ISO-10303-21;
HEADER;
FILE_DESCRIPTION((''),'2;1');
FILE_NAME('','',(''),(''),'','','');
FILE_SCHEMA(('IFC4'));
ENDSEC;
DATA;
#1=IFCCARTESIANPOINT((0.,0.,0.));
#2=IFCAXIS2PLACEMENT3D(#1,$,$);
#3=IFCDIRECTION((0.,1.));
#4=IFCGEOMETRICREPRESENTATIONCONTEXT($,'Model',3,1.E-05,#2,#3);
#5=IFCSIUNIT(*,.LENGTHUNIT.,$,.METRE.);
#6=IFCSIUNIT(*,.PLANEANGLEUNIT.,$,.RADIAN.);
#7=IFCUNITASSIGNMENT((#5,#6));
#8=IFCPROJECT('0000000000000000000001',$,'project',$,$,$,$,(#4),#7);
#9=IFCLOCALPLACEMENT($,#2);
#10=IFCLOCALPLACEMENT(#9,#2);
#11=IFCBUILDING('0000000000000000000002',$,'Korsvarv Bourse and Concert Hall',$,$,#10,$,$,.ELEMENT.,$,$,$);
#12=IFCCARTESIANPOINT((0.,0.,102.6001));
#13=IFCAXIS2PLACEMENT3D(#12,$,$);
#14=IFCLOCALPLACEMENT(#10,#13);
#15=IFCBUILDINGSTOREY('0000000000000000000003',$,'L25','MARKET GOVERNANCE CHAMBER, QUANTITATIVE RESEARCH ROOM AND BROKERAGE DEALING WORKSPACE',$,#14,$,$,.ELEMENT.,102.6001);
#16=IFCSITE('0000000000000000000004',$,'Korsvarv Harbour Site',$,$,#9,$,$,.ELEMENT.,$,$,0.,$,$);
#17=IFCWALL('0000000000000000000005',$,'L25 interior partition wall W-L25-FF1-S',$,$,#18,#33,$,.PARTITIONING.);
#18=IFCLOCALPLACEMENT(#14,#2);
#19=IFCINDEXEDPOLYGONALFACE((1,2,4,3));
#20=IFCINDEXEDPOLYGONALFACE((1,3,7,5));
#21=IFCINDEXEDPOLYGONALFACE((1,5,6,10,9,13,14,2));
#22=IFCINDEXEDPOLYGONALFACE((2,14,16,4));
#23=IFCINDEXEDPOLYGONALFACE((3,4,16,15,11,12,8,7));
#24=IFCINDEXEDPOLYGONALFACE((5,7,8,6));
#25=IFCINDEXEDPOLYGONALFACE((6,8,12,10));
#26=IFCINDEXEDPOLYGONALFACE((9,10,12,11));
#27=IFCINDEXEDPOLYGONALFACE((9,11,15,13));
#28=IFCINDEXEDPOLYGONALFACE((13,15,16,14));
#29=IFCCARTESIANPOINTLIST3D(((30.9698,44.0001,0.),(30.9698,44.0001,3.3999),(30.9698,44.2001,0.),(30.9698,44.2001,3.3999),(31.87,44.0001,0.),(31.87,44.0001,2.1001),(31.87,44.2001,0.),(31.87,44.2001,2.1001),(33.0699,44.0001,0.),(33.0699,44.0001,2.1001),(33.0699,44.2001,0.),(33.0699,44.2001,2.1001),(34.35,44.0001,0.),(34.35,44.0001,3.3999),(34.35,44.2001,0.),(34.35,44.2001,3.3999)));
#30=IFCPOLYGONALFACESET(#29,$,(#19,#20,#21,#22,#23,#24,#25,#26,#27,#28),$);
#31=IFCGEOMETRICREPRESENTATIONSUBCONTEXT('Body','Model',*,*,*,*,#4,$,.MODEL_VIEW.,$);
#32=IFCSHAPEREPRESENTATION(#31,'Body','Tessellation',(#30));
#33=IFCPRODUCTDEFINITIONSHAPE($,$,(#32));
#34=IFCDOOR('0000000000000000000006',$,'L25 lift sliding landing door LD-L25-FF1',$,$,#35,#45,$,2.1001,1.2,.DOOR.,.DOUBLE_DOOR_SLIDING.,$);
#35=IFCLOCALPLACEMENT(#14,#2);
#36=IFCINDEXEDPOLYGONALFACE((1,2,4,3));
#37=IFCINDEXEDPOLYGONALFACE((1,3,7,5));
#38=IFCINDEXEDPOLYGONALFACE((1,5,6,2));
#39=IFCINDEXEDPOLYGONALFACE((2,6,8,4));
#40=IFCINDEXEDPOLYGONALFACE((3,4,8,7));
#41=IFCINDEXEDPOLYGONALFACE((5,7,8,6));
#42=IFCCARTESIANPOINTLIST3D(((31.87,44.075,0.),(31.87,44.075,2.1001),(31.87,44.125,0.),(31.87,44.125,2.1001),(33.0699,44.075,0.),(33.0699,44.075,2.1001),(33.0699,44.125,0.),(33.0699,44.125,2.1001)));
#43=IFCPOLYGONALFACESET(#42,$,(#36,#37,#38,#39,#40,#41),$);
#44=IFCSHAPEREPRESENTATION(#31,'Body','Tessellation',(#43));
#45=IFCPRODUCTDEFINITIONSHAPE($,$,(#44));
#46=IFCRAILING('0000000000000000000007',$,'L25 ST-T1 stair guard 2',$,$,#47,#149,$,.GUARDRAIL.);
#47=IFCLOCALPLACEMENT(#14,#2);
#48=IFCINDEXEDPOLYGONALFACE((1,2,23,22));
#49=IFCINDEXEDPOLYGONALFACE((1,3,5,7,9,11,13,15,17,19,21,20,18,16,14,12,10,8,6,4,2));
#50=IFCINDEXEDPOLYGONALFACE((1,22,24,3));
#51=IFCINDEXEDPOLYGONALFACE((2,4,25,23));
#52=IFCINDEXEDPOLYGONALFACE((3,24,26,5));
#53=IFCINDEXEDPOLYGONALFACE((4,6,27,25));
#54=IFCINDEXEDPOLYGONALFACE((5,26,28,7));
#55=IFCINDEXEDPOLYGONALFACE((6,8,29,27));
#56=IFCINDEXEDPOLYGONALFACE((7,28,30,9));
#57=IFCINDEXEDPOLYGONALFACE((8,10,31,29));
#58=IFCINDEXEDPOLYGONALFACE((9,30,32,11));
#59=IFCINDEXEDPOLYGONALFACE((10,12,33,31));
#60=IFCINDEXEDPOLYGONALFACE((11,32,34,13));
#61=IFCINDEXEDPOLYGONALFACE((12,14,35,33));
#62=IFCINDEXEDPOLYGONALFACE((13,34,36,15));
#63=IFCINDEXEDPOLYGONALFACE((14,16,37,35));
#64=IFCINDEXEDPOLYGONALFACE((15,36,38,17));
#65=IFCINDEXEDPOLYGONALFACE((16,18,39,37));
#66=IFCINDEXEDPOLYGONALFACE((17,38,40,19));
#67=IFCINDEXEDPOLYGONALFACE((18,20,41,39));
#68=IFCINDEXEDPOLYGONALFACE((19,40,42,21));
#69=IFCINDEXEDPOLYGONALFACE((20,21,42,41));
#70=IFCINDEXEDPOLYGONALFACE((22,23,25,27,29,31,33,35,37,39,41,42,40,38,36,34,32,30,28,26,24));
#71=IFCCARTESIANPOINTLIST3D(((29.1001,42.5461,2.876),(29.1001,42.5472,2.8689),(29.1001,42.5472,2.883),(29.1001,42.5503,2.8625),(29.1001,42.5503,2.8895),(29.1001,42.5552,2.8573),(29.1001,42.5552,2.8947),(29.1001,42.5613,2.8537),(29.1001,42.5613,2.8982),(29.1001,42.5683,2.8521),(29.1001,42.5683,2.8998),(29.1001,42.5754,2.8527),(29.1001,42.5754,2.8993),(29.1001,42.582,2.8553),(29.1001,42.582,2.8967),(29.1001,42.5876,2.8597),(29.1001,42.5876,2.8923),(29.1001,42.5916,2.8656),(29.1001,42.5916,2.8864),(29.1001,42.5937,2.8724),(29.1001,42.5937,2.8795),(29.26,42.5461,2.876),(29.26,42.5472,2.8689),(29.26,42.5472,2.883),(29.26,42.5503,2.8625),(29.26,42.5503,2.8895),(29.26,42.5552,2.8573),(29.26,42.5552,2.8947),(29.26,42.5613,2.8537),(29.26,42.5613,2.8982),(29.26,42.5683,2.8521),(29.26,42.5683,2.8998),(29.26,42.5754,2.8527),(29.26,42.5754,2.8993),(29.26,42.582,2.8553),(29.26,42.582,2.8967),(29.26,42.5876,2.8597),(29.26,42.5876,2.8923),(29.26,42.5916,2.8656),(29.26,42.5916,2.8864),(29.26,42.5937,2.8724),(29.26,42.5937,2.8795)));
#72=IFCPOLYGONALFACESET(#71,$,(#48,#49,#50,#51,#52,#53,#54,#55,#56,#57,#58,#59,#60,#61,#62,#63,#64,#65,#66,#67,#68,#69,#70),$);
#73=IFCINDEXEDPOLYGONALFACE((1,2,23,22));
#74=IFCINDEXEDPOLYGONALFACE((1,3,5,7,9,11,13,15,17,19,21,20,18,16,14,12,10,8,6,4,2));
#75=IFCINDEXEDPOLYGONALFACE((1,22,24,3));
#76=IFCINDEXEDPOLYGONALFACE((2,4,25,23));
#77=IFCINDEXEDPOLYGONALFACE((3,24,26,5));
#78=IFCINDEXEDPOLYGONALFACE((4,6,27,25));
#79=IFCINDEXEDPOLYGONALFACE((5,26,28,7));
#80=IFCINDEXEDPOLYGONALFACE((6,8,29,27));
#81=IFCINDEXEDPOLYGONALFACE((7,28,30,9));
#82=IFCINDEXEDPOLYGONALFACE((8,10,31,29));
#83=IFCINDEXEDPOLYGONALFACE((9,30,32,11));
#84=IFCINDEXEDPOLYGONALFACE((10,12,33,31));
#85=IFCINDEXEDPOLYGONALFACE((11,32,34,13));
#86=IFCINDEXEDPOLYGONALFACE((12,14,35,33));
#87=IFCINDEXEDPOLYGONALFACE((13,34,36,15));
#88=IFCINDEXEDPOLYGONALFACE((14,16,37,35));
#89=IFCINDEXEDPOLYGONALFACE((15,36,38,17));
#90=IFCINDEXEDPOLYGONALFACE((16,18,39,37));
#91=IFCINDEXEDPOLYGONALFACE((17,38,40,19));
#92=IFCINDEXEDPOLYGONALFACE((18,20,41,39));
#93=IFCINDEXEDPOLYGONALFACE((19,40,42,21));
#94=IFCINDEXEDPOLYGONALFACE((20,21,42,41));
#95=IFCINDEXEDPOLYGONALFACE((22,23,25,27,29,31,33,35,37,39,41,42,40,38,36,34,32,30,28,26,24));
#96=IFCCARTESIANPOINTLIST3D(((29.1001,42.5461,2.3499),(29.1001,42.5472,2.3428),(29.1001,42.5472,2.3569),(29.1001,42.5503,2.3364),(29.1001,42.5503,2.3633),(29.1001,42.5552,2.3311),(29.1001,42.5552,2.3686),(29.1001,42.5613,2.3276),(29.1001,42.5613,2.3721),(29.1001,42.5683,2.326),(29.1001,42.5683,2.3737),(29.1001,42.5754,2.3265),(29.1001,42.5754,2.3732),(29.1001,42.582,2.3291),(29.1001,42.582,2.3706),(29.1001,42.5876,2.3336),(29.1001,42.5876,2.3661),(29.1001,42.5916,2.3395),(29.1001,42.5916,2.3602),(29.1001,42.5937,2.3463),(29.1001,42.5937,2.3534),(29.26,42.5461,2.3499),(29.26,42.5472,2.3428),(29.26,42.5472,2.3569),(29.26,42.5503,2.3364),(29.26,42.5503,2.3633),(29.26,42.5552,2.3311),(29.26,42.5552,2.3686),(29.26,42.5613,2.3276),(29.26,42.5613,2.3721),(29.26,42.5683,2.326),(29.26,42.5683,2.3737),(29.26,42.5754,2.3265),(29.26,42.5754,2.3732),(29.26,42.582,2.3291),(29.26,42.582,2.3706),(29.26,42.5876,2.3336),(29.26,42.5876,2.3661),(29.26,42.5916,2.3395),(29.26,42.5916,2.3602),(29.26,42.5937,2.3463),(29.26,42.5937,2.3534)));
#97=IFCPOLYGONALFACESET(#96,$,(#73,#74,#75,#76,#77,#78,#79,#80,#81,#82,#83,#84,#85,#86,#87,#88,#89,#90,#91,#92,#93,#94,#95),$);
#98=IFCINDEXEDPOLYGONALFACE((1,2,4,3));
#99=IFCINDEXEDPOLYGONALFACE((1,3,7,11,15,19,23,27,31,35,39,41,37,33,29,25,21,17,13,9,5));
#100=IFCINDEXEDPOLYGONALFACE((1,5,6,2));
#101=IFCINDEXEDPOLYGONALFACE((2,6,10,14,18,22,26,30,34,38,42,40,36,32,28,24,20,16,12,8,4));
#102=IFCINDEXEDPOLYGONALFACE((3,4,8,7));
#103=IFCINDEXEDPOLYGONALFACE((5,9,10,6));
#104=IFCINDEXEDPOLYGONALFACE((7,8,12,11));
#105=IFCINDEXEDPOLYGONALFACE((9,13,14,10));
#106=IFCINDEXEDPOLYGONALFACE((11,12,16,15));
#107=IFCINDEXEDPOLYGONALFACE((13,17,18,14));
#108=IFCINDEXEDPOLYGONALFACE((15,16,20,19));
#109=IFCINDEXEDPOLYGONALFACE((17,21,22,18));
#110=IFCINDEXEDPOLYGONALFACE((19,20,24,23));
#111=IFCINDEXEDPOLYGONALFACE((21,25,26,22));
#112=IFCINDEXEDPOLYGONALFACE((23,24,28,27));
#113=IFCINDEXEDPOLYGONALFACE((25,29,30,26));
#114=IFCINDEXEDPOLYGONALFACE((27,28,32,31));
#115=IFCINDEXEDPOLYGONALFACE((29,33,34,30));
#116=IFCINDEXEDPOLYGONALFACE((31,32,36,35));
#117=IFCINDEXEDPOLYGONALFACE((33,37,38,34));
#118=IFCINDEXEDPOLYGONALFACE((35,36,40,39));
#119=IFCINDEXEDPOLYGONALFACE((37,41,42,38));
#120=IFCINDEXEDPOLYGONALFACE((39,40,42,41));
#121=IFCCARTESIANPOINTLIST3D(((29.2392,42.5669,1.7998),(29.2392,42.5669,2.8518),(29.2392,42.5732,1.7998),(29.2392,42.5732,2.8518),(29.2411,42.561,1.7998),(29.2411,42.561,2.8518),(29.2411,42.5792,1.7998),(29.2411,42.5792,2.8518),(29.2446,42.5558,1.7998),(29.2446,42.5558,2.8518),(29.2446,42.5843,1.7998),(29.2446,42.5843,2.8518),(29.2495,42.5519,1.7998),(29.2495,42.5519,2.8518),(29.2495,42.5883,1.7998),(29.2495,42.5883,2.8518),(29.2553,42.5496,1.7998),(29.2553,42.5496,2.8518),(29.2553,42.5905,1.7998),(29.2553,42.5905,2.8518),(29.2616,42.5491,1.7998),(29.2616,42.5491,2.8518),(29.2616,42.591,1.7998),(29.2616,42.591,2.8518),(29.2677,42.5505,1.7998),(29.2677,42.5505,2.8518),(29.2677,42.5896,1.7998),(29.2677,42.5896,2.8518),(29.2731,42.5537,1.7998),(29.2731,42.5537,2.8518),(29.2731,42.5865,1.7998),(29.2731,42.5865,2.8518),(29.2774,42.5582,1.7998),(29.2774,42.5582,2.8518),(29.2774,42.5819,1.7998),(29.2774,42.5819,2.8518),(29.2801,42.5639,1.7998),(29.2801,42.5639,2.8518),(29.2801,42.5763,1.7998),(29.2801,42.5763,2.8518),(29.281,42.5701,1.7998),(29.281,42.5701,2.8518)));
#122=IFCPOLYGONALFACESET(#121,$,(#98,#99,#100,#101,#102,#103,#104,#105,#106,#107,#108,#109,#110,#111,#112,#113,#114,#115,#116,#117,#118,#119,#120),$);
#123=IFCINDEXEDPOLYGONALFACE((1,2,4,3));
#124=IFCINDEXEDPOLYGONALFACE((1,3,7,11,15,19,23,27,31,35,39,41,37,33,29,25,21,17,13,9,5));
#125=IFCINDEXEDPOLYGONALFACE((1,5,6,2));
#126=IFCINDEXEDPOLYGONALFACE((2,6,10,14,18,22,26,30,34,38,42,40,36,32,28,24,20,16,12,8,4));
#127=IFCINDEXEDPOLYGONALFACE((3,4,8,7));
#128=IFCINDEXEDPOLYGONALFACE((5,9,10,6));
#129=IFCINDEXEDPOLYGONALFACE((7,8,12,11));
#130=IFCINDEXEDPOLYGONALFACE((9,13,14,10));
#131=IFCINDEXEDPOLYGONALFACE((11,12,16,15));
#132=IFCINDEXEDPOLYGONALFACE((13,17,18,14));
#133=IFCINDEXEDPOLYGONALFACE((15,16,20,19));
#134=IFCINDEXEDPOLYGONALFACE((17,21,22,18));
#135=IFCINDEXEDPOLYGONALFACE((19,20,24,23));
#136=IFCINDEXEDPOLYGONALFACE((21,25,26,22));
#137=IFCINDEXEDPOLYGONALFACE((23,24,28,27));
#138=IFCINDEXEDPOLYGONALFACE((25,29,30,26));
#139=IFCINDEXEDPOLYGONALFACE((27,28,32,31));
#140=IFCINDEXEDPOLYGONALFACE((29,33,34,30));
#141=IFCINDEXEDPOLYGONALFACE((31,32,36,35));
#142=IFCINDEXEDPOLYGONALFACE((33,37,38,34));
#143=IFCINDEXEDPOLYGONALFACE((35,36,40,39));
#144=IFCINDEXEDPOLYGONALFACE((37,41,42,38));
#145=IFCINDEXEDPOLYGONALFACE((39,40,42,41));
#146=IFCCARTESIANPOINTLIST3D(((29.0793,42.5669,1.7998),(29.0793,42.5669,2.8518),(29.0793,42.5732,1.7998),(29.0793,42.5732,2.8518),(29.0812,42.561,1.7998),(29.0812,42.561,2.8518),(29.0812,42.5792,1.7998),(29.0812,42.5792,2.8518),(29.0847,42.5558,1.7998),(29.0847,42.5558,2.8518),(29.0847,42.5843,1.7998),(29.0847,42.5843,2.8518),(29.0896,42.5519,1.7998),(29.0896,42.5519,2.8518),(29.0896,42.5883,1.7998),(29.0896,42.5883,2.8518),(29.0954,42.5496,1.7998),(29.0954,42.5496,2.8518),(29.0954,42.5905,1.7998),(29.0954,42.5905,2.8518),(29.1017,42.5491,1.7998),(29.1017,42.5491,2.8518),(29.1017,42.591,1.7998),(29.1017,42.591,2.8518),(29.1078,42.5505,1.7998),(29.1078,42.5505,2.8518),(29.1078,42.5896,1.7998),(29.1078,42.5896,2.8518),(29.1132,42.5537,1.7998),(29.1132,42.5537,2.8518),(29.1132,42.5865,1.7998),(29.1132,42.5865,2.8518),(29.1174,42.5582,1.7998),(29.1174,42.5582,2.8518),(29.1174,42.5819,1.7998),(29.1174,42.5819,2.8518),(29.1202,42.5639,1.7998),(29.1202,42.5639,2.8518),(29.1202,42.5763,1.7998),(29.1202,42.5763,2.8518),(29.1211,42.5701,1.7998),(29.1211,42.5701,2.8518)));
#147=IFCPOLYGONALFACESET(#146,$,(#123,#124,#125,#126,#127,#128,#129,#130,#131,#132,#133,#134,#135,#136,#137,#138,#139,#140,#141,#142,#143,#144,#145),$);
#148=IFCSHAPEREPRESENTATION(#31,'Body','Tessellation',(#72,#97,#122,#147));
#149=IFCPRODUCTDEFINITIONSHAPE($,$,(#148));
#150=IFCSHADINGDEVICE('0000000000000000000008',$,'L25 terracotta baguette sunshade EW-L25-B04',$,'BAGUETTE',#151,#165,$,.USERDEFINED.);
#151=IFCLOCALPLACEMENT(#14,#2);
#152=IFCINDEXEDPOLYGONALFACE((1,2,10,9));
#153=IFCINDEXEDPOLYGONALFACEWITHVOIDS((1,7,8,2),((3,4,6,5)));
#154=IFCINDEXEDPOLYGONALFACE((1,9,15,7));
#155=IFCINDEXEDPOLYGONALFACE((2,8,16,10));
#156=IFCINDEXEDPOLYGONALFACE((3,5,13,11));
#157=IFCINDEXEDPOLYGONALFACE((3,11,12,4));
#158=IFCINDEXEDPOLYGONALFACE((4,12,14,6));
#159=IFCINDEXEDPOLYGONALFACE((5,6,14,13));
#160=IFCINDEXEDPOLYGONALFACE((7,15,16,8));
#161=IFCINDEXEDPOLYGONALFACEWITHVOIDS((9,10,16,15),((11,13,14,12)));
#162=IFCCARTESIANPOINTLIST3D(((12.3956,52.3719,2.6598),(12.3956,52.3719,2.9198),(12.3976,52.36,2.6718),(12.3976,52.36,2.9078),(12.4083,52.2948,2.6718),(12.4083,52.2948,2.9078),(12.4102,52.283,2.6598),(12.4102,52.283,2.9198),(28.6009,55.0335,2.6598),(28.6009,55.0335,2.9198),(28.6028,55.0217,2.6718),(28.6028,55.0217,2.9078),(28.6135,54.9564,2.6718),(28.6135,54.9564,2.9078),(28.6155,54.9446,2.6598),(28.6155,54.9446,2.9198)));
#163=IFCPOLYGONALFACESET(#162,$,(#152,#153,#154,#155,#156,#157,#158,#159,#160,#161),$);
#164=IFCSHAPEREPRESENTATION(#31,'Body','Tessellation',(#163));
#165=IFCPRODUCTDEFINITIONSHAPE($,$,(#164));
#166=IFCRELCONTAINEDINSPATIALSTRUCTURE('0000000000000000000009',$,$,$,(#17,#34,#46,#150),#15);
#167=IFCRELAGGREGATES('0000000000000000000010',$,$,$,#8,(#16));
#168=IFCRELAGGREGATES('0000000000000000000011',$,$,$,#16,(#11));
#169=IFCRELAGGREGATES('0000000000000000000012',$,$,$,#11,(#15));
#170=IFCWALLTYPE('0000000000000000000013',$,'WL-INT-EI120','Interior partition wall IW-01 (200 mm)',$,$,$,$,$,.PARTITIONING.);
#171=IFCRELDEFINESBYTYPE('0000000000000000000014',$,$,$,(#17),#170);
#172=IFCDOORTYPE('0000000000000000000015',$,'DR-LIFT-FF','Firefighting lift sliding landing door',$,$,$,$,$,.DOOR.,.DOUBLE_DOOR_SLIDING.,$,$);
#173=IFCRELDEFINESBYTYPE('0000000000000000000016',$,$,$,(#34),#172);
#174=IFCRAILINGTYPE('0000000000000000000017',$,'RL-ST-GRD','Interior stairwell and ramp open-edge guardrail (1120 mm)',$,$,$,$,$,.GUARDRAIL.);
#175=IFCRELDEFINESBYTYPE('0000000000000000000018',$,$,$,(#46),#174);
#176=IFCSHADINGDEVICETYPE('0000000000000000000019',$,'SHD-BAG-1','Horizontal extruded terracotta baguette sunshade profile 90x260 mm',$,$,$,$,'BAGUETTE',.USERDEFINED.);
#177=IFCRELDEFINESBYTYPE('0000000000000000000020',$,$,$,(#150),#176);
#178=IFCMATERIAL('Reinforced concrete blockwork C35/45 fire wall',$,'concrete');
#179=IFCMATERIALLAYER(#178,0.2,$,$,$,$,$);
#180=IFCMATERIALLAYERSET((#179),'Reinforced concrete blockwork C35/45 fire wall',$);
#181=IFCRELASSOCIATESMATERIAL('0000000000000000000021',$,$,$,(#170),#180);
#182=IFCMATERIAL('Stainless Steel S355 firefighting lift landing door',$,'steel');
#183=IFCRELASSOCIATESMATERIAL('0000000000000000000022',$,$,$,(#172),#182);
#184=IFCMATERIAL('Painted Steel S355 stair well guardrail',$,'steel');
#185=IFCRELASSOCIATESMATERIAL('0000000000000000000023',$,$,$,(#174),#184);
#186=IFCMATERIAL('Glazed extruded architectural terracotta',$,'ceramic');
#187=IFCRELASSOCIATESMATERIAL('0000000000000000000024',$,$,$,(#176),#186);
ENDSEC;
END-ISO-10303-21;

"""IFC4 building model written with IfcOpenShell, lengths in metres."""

from ifc_helpers import new_model, si_unit, direction, frame, frame_2d, origin, origin_2d, place, context, subcontext, project, spatial, rectangle, hollow_rectangle, circle, extrude, source, transform, mapped, material, layer, layer_set, material_profile, profile_set, type_object, element, fill, save


model = new_model("IFC4")

# Units and contexts
model_context = context("Model", 3, precision=1e-05, world=origin(), true_north=direction((0.0, 1.0)))
body_context = subcontext(model_context, "Body", "Model", "MODEL_VIEW")
ifc_project = project(units=[si_unit("LENGTHUNIT", "METRE"), si_unit("PLANEANGLEUNIT", "RADIAN")], contexts=[model_context])

# Site, building, storey
site_placement = place(None, origin())
site = spatial("IfcSite", under=ifc_project, at=site_placement, Name="Korsvarv Harbour Site", CompositionType="ELEMENT", RefElevation=0.0)
building_placement = place(site_placement, origin())
building = spatial("IfcBuilding", under=site, at=building_placement, Name="Korsvarv Bourse and Concert Hall", CompositionType="ELEMENT")
storey_placement = place(building_placement, frame((0.0, 0.0, 102.6001)))
storey = spatial("IfcBuildingStorey", under=building, at=storey_placement, Name="L25", Description="MARKET GOVERNANCE CHAMBER, QUANTITATIVE RESEARCH ROOM AND BROKERAGE DEALING WORKSPACE", CompositionType="ELEMENT", Elevation=102.6001)

# Wall, opening, door
ifc_material_1 = material(Name="Reinforced concrete blockwork C35/45 fire wall", Category="concrete")
ifc_layer_1 = layer(ifc_material_1, 0.2)
ifc_layer_set_1 = layer_set([ifc_layer_1], Name="Reinforced concrete blockwork C35/45 fire wall")
wall_type_1 = type_object("IfcWallType", Name="WL-INT-EI120", Description="Interior partition wall IW-01 (200 mm)", PredefinedType="PARTITIONING", material=ifc_layer_set_1)
wall_1_placement = place(storey_placement, frame((30.97, 44.1001, 0.0), z_axis=(0.0, 0.0, 1.0), x_axis=(1.0, 0.0, 0.0)))
wall_1 = element("IfcWall", 1, at=wall_1_placement, inside=storey, type_object=wall_type_1, Name="L25 interior partition wall W-L25-FF1-S", PredefinedType="PARTITIONING", context=body_context, shape_type="SweptSolid", body=[
    extrude(rectangle(XDim=3.3801, YDim=0.2, at=frame_2d((1.6899, 0.0))), origin(), (0.0, 0.0, 1.0), 3.3999),
])
opening_placement = place(wall_1_placement, frame((0.8999, 0.0, 0.0)))
opening = element("IfcOpeningElement", 2, at=opening_placement, cuts=wall_1, PredefinedType="OPENING", context=body_context, shape_type="SweptSolid", body=[
    extrude(rectangle(XDim=1.2, YDim=2.1001, at=frame_2d((0.6001, 1.05))), frame((0.0, 0.1099, 0.0), z_axis=(0.0, -1.0, 0.0), x_axis=(1.0, 0.0, 0.0)), (0.0, 0.0, 1.0), 0.22),
])
ifc_material_2 = material(Name="Stainless Steel S355 firefighting lift landing door", Category="steel")
door_type = type_object("IfcDoorType", Name="DR-LIFT-FF", Description="Firefighting lift sliding landing door", OperationType="DOUBLE_DOOR_SLIDING", PredefinedType="DOOR", material=ifc_material_2)
door_placement = place(opening_placement, origin())
door = element("IfcDoor", 3, at=door_placement, inside=storey, type_object=door_type, Name="L25 lift sliding landing door LD-L25-FF1", OperationType="DOUBLE_DOOR_SLIDING", OverallHeight=2.1001, OverallWidth=1.2, PredefinedType="DOOR", context=body_context, shape_type="SweptSolid", body=[
    extrude(rectangle(XDim=1.2, YDim=2.1001, at=frame_2d((0.6001, 1.05))), frame((0.0, 0.0249, 0.0), z_axis=(0.0, -1.0, 0.0), x_axis=(1.0, 0.0, 0.0)), (0.0, 0.0, 1.0), 0.05),
])
fill(opening, door)

# Railing
ifc_material_3 = material(Name="Painted Steel S355 stair well guardrail", Category="steel")
railing_type = type_object("IfcRailingType", Name="RL-ST-GRD", Description="Interior stairwell and ramp open-edge guardrail (1120 mm)", PredefinedType="GUARDRAIL", material=ifc_material_3)
railing_placement = place(storey_placement, frame((29.26, 42.5701, 1.7998)))
element("IfcRailing", 4, at=railing_placement, inside=storey, type_object=railing_type, Name="L25 ST-T1 stair guard 2", PredefinedType="GUARDRAIL", context=body_context, shape_type="SweptSolid", body=[
    extrude(circle(Radius=0.0239, at=origin_2d()), frame((0.0, 0.0, 1.0762), z_axis=(-1.0, 0.0, 0.0), x_axis=(0.0, -1.0, 0.0)), (0.0, 0.0, 1.0), 0.1599),
    extrude(circle(Radius=0.0239, at=origin_2d()), frame((0.0, 0.0, 0.55), z_axis=(-1.0, 0.0, 0.0), x_axis=(0.0, -1.0, 0.0)), (0.0, 0.0, 1.0), 0.1599),
    extrude(circle(Radius=0.021, at=origin_2d()), origin(), (0.0, 0.0, 1.0), 1.052),
    extrude(circle(Radius=0.021, at=origin_2d()), frame((-0.1599, 0.0, 0.0)), (0.0, 0.0, 1.0), 1.052),
])

# Shading device
ifc_material_4 = material(Name="Glazed extruded architectural terracotta", Category="ceramic")
ifc_material_profile_1 = material_profile(ifc_material_4, hollow_rectangle(XDim=0.0901, YDim=0.26, WallThickness=0.012, at=origin_2d()), Name="TC-BAG 90x260")
ifc_profile_set_1 = profile_set([ifc_material_profile_1], Name="Glazed extruded architectural terracotta")
shading_device_type = type_object("IfcShadingDeviceType", Name="SHD-BAG-1", Description="Horizontal extruded terracotta baguette sunshade profile 90x260 mm", ElementType="BAGUETTE", PredefinedType="USERDEFINED", material=ifc_profile_set_1)
shared_shape_1 = source(origin(), body_context, "Body", "SweptSolid", [
    extrude(hollow_rectangle(XDim=0.0901, YDim=0.26, WallThickness=0.012, at=origin_2d()), origin(), (0.0, 0.0, 1.0), 16.4224),
])
shading_device_placement = place(storey_placement, frame((28.6082, 54.989, 2.7898), z_axis=(-0.986779, -0.162072, 0.0), x_axis=(0.162072, -0.986779, 0.0)))
element("IfcShadingDevice", 5, at=shading_device_placement, inside=storey, type_object=shading_device_type, Name="L25 terracotta baguette sunshade EW-L25-B04", ObjectType="BAGUETTE", PredefinedType="USERDEFINED", context=body_context, shape_type="MappedRepresentation", body=[
    mapped(shared_shape_1, transform((0.0, 0.0, 0.0), scale=1.0)),
])

save(model, "model.ifc")
